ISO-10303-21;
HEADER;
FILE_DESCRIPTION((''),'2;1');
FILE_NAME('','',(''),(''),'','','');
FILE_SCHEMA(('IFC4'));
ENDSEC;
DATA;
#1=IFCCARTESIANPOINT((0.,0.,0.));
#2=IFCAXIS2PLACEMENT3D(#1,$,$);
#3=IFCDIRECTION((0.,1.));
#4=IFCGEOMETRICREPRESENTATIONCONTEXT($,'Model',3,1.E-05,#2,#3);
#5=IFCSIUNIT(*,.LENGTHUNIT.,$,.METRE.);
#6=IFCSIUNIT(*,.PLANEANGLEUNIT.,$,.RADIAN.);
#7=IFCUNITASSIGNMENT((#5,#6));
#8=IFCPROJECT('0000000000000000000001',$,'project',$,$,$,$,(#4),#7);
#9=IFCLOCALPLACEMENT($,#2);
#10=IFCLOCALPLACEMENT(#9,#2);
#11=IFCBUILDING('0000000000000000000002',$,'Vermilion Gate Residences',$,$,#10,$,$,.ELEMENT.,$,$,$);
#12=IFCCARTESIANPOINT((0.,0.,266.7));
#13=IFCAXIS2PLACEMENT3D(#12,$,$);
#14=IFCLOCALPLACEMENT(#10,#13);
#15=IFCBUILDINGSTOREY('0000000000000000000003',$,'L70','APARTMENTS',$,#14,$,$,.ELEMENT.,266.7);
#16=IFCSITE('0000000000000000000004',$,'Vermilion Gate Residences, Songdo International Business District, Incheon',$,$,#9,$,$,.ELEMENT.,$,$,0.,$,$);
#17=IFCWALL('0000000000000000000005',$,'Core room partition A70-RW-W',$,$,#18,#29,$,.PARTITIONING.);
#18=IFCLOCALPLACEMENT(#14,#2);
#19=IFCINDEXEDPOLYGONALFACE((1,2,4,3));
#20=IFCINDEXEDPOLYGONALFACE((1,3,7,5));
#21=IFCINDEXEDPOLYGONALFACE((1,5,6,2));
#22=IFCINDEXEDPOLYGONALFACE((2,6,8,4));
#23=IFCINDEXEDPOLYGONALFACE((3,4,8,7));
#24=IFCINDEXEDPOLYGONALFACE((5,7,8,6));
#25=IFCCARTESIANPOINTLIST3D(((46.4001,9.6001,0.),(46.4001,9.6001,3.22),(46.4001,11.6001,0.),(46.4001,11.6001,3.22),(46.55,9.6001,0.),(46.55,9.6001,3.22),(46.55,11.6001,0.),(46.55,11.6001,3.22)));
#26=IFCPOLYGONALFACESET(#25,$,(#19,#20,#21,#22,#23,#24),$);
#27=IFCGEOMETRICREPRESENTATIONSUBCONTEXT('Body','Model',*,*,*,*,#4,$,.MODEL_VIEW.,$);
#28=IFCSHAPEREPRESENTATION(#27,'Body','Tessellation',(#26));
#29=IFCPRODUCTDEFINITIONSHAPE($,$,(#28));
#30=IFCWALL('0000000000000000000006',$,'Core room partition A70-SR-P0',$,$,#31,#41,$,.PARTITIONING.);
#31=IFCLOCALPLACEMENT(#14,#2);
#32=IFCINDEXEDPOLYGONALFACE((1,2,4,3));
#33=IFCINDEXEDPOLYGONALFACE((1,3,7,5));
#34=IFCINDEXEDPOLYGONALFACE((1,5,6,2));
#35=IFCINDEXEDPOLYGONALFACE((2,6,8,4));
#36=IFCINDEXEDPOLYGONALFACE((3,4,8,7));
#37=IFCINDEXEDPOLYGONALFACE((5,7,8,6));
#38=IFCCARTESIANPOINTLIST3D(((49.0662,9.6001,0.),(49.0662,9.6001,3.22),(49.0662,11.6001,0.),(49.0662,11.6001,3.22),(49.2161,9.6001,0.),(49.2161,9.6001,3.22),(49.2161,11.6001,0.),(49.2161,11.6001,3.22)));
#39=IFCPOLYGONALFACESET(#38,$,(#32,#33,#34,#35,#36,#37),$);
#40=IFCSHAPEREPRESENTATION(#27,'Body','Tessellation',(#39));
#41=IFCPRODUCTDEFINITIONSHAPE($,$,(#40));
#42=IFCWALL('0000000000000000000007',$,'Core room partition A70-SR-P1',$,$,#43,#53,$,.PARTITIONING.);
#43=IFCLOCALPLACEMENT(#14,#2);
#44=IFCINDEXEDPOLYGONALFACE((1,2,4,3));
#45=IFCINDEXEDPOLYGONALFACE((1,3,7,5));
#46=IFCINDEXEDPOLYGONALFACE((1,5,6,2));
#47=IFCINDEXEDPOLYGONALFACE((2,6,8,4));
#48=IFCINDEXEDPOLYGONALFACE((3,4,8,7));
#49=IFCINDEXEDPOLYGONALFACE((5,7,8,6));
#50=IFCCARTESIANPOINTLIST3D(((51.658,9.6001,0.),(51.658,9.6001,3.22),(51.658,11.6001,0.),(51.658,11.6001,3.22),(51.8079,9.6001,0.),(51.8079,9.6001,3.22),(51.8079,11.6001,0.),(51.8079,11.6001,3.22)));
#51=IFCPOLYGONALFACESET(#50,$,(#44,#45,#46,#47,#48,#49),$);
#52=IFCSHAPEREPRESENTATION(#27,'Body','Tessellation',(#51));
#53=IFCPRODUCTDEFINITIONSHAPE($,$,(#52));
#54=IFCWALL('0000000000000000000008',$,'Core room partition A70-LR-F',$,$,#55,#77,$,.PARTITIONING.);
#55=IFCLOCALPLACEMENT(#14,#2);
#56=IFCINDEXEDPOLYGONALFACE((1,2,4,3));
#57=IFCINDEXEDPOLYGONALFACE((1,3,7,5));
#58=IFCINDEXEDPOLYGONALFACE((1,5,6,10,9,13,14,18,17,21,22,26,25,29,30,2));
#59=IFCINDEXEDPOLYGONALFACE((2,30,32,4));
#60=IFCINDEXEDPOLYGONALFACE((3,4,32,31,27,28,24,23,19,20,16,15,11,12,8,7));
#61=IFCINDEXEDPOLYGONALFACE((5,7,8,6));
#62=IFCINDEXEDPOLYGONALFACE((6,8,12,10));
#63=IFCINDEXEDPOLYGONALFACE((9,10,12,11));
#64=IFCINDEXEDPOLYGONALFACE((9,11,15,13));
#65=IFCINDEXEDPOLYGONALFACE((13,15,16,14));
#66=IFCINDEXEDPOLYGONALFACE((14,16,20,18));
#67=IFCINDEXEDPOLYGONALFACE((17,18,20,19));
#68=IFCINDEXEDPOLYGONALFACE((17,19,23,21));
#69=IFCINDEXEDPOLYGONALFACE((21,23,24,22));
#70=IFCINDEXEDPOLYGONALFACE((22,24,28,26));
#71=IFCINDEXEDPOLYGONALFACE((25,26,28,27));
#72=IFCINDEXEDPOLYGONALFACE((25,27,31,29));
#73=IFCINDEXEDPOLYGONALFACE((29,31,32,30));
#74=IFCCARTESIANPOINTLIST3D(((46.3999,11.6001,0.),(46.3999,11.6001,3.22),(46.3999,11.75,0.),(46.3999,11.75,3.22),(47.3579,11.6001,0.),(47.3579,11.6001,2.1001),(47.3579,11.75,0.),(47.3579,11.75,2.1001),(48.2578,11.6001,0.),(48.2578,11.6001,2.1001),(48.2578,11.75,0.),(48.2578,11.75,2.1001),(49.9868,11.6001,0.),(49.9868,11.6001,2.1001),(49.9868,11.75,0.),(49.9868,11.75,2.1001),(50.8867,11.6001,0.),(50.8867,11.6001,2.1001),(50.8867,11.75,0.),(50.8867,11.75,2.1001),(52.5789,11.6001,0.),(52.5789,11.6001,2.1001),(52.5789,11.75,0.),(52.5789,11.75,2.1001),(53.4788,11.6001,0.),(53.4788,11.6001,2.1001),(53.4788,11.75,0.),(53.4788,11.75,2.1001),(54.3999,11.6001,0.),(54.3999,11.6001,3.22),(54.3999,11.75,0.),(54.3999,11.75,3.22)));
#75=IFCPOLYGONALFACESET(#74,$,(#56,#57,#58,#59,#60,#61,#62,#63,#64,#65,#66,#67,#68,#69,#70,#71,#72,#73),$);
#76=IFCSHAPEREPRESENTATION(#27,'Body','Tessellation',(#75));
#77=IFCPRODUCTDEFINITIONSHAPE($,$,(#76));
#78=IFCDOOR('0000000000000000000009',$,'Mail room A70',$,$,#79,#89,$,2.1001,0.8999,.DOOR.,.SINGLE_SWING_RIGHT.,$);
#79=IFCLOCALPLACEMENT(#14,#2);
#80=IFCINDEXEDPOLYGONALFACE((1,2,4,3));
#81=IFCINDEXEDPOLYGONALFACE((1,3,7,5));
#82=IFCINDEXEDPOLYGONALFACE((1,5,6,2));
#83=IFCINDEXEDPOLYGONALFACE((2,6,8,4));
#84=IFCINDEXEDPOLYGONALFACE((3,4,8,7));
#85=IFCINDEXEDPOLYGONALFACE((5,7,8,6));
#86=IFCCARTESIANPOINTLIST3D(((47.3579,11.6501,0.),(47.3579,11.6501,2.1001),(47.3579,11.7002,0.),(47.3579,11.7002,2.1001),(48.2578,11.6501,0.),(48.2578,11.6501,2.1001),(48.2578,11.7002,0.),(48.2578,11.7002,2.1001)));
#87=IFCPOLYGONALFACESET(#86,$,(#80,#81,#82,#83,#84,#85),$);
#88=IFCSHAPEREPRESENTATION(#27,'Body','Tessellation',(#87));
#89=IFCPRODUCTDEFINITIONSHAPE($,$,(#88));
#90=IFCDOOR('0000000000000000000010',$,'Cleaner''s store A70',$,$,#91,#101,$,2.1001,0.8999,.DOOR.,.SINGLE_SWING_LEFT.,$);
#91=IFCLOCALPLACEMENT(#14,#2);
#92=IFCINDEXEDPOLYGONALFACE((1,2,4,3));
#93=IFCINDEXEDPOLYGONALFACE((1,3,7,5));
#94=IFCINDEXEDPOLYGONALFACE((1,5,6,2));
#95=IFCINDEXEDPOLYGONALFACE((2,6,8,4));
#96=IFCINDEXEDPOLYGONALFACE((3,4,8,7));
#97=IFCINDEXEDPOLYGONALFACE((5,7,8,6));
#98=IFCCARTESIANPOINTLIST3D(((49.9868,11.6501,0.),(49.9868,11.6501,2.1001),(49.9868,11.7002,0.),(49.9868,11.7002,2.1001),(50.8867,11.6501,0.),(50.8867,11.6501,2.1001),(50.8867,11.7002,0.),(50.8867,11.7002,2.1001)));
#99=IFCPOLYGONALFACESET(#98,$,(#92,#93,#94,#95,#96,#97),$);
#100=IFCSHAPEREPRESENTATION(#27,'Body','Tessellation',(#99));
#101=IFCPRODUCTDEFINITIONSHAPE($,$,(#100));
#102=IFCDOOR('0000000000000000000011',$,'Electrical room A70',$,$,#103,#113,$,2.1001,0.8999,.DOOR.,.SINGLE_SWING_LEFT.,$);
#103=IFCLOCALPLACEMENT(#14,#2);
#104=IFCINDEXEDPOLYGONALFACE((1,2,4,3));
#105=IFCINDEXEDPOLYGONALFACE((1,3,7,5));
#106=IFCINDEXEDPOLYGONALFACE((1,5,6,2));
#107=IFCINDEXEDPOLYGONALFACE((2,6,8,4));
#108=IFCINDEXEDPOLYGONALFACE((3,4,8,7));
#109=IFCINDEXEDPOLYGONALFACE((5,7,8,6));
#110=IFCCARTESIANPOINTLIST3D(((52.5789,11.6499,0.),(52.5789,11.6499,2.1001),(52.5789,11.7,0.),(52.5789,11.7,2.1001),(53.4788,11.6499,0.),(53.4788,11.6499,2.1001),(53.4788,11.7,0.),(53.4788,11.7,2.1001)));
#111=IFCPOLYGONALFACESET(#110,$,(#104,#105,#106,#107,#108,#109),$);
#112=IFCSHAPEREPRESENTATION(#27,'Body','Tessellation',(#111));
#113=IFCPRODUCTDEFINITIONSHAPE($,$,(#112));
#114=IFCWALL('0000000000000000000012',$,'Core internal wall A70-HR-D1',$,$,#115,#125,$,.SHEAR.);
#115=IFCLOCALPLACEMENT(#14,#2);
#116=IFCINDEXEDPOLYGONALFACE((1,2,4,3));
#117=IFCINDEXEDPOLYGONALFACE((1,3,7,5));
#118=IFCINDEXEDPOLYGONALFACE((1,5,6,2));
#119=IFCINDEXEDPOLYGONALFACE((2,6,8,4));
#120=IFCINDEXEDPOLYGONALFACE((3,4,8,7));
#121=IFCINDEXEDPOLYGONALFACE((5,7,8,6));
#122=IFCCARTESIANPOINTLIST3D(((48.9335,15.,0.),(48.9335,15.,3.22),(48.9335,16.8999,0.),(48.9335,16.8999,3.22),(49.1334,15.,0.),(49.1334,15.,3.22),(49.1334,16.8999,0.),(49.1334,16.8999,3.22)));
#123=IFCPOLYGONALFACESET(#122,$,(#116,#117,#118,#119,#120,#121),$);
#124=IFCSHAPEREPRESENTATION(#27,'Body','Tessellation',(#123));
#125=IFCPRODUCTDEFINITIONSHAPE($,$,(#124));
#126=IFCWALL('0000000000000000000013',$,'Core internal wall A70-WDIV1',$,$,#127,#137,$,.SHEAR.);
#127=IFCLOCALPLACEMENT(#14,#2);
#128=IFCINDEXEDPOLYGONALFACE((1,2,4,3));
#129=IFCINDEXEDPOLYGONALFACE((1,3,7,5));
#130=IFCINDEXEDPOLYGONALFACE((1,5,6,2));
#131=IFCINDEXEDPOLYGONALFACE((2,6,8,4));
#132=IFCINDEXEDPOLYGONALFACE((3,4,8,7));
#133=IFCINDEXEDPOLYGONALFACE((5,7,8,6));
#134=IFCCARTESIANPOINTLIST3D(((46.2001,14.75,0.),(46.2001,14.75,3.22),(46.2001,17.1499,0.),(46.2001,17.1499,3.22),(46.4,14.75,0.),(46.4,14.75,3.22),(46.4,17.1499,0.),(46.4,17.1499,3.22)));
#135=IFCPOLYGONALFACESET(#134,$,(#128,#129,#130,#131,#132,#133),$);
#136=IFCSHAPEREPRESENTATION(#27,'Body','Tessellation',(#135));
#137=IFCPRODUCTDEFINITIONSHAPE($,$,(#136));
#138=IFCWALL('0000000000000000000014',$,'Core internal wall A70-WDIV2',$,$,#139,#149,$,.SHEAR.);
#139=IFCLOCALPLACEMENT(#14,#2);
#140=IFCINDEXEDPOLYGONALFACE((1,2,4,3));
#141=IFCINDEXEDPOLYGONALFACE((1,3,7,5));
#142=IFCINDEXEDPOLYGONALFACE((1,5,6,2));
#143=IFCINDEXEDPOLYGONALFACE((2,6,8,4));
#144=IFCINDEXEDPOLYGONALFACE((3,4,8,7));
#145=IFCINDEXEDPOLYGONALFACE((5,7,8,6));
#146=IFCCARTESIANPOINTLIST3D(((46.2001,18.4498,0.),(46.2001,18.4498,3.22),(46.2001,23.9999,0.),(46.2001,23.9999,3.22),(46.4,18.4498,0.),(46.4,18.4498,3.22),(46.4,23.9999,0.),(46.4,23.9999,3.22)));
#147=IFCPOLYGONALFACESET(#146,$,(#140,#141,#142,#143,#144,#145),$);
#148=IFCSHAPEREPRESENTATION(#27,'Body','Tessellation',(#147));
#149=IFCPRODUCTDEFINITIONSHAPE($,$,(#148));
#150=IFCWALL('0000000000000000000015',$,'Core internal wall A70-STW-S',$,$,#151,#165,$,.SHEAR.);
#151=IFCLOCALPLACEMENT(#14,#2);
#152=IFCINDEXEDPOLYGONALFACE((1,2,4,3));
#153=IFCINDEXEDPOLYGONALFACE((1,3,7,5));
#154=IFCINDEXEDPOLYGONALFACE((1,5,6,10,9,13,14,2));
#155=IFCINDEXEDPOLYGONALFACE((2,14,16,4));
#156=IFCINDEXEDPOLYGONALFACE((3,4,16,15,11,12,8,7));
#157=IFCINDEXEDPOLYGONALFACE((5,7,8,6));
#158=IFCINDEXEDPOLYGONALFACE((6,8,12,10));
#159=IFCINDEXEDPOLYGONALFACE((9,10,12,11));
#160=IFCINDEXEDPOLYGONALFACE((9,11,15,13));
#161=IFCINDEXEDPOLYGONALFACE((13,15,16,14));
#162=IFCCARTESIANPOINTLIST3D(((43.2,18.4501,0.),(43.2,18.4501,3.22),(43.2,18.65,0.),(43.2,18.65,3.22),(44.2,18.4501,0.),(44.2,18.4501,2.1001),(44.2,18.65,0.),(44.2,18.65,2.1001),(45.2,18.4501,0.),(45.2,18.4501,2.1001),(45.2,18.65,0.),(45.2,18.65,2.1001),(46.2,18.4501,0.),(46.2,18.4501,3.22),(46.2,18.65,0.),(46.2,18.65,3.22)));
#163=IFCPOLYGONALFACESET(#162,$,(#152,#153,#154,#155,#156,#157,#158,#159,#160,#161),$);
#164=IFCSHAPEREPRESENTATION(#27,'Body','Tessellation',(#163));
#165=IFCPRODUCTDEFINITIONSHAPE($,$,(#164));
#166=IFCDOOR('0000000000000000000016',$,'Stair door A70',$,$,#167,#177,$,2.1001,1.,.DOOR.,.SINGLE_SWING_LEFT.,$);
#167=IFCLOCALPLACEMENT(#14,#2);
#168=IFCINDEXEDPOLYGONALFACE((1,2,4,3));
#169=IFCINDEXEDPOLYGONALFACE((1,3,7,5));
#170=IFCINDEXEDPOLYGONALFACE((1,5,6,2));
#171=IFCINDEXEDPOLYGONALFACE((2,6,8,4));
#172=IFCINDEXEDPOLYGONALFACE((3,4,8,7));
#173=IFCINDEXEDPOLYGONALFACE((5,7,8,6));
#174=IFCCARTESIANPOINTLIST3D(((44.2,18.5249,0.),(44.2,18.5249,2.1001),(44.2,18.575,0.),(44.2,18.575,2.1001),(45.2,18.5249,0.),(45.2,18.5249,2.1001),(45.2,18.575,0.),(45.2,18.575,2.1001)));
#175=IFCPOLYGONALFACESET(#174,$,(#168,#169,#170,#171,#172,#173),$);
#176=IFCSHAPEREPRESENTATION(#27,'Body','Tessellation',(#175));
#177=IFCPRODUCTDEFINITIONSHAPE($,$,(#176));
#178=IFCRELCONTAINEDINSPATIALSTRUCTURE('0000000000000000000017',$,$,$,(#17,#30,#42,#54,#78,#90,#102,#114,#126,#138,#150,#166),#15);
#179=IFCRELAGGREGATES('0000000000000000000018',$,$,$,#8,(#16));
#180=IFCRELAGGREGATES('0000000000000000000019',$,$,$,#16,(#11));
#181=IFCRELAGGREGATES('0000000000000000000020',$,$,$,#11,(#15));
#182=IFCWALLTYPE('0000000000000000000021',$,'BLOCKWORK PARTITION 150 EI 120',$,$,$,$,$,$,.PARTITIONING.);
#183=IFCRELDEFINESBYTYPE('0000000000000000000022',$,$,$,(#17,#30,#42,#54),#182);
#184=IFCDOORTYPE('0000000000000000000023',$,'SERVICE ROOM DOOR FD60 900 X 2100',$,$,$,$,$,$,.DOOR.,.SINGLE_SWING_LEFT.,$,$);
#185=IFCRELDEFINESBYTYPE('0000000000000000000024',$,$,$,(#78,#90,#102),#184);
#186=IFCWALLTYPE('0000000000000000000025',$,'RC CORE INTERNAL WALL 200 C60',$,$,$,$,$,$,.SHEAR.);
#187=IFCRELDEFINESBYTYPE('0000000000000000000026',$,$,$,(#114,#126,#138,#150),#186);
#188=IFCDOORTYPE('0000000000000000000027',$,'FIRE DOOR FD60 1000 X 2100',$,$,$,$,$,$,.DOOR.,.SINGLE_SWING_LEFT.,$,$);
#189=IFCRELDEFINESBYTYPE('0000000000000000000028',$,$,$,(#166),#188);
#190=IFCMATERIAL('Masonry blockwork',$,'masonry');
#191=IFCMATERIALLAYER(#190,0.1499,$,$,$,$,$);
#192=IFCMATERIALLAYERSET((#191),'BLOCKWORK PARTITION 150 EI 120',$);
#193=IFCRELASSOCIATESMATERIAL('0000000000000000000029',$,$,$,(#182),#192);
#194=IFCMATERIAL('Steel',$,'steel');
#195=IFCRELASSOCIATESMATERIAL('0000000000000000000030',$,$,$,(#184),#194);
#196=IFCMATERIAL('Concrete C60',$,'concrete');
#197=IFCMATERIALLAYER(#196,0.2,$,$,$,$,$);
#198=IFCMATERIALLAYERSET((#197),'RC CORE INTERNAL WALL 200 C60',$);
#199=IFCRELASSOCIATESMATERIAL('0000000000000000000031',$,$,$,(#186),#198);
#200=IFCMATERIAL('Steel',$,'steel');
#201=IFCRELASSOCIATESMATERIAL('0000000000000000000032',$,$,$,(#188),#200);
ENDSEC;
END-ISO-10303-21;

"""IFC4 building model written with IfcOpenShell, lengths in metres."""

from ifc_helpers import new_model, si_unit, direction, frame, frame_2d, origin, place, context, subcontext, project, spatial, rectangle, extrude, material, layer, layer_set, type_object, element, fill, save


model = new_model("IFC4")

# Units and contexts
model_context = context("Model", 3, precision=1e-05, world=origin(), true_north=direction((0.0, 1.0)))
body_context = subcontext(model_context, "Body", "Model", "MODEL_VIEW")
ifc_project = project(units=[si_unit("LENGTHUNIT", "METRE"), si_unit("PLANEANGLEUNIT", "RADIAN")], contexts=[model_context])

# Site, building, storey
site_placement = place(None, origin())
site = spatial("IfcSite", under=ifc_project, at=site_placement, Name="Vermilion Gate Residences, Songdo International Business District, Incheon", CompositionType="ELEMENT", RefElevation=0.0)
building_placement = place(site_placement, origin())
building = spatial("IfcBuilding", under=site, at=building_placement, Name="Vermilion Gate Residences", CompositionType="ELEMENT")
storey_placement = place(building_placement, frame((0.0, 0.0, 266.7)))
storey = spatial("IfcBuildingStorey", under=building, at=storey_placement, Name="L70", Description="APARTMENTS", CompositionType="ELEMENT", Elevation=266.7)

# Walls
ifc_material_1 = material(Name="Masonry blockwork", Category="masonry")
ifc_layer_1 = layer(ifc_material_1, 0.1499)
ifc_layer_set_1 = layer_set([ifc_layer_1], Name="BLOCKWORK PARTITION 150 EI 120")
wall_type_1 = type_object("IfcWallType", Name="BLOCKWORK PARTITION 150 EI 120", PredefinedType="PARTITIONING", material=ifc_layer_set_1)
for number, where, z_axis, x_axis, name in (
    (1, (46.4751, 9.6001, 0.0), (0.0, 0.0, 1.0), (0.0, 1.0, 0.0), "Core room partition A70-RW-W"),
    (2, (49.1411, 9.6001, 0.0), (0.0, 0.0, 1.0), (0.0, 1.0, 0.0), "Core room partition A70-SR-P0"),
    (3, (51.7329, 9.6001, 0.0), (0.0, 0.0, 1.0), (0.0, 1.0, 0.0), "Core room partition A70-SR-P1"),
):
    element("IfcWall", number, at=place(storey_placement, frame(where, z_axis=z_axis, x_axis=x_axis)), inside=storey, type_object=wall_type_1, Name=name, PredefinedType="PARTITIONING", context=body_context, shape_type="SweptSolid", body=[
        extrude(rectangle(XDim=2.0, YDim=0.1499, at=frame_2d((1.0, 0.0))), origin(), (0.0, 0.0, 1.0), 3.22),
    ])

# Wall, openings, doors
wall_1_placement = place(storey_placement, frame((46.3999, 11.675, 0.0), z_axis=(0.0, 0.0, 1.0), x_axis=(1.0, 0.0, 0.0)))
wall_1 = element("IfcWall", 4, at=wall_1_placement, inside=storey, type_object=wall_type_1, Name="Core room partition A70-LR-F", PredefinedType="PARTITIONING", context=body_context, shape_type="SweptSolid", body=[
    extrude(rectangle(XDim=8.0, YDim=0.1499, at=frame_2d((4.0, 0.0))), origin(), (0.0, 0.0, 1.0), 3.22),
])
opening_1_placement = place(wall_1_placement, frame((0.958, 0.0, 0.0)))
opening_1 = element("IfcOpeningElement", 5, at=opening_1_placement, cuts=wall_1, PredefinedType="OPENING", context=body_context, shape_type="SweptSolid", body=[
    extrude(rectangle(XDim=0.8999, YDim=2.1001, at=frame_2d((0.45, 1.05))), frame((0.0, 0.085, 0.0), z_axis=(0.0, -1.0, 0.0), x_axis=(1.0, 0.0, 0.0)), (0.0, 0.0, 1.0), 0.1699),
])
opening_2_placement = place(wall_1_placement, frame((3.5869, 0.0, 0.0)))
opening_2 = element("IfcOpeningElement", 6, at=opening_2_placement, cuts=wall_1, PredefinedType="OPENING", context=body_context, shape_type="SweptSolid", body=[
    extrude(rectangle(XDim=0.8999, YDim=2.1001, at=frame_2d((0.45, 1.05))), frame((0.0, 0.085, 0.0), z_axis=(0.0, -1.0, 0.0), x_axis=(1.0, 0.0, 0.0)), (0.0, 0.0, 1.0), 0.1699),
])
opening_3_placement = place(wall_1_placement, frame((6.179, 0.0, 0.0)))
opening_3 = element("IfcOpeningElement", 7, at=opening_3_placement, cuts=wall_1, PredefinedType="OPENING", context=body_context, shape_type="SweptSolid", body=[
    extrude(rectangle(XDim=0.8999, YDim=2.1001, at=frame_2d((0.45, 1.05))), frame((0.0, 0.085, 0.0), z_axis=(0.0, -1.0, 0.0), x_axis=(1.0, 0.0, 0.0)), (0.0, 0.0, 1.0), 0.1699),
])
ifc_material_2 = material(Name="Steel", Category="steel")
door_type_1 = type_object("IfcDoorType", Name="SERVICE ROOM DOOR FD60 900 X 2100", OperationType="SINGLE_SWING_LEFT", PredefinedType="DOOR", material=ifc_material_2)
door_1_placement = place(opening_1_placement, frame((0.8999, 0.0, 0.0), z_axis=(0.0, 0.0, 1.0), x_axis=(-1.0, 0.0, 0.0)))
door_1 = element("IfcDoor", 8, at=door_1_placement, inside=storey, type_object=door_type_1, Name="Mail room A70", OperationType="SINGLE_SWING_RIGHT", OverallHeight=2.1001, OverallWidth=0.8999, PredefinedType="DOOR", context=body_context, shape_type="SweptSolid", body=[
    extrude(rectangle(XDim=0.8999, YDim=2.1001, at=frame_2d((0.45, 1.05))), frame((0.0, 0.0249, 0.0), z_axis=(0.0, -1.0, 0.0), x_axis=(1.0, 0.0, 0.0)), (0.0, 0.0, 1.0), 0.05),
])
fill(opening_1, door_1)
door_2_placement = place(opening_2_placement, frame((0.8999, 0.0, 0.0), z_axis=(0.0, 0.0, 1.0), x_axis=(-1.0, 0.0, 0.0)))
door_2 = element("IfcDoor", 9, at=door_2_placement, inside=storey, type_object=door_type_1, Name="Cleaner's store A70", OperationType="SINGLE_SWING_LEFT", OverallHeight=2.1001, OverallWidth=0.8999, PredefinedType="DOOR", context=body_context, shape_type="SweptSolid", body=[
    extrude(rectangle(XDim=0.8999, YDim=2.1001, at=frame_2d((0.45, 1.05))), frame((0.0, 0.0249, 0.0), z_axis=(0.0, -1.0, 0.0), x_axis=(1.0, 0.0, 0.0)), (0.0, 0.0, 1.0), 0.05),
])
fill(opening_2, door_2)
door_3_placement = place(opening_3_placement, origin())
door_3 = element("IfcDoor", 10, at=door_3_placement, inside=storey, type_object=door_type_1, Name="Electrical room A70", OperationType="SINGLE_SWING_LEFT", OverallHeight=2.1001, OverallWidth=0.8999, PredefinedType="DOOR", context=body_context, shape_type="SweptSolid", body=[
    extrude(rectangle(XDim=0.8999, YDim=2.1001, at=frame_2d((0.45, 1.05))), frame((0.0, 0.0249, 0.0), z_axis=(0.0, -1.0, 0.0), x_axis=(1.0, 0.0, 0.0)), (0.0, 0.0, 1.0), 0.05),
])
fill(opening_3, door_3)

# Walls
ifc_material_3 = material(Name="Concrete C60", Category="concrete")
ifc_layer_2 = layer(ifc_material_3, 0.2)
ifc_layer_set_2 = layer_set([ifc_layer_2], Name="RC CORE INTERNAL WALL 200 C60")
wall_type_2 = type_object("IfcWallType", Name="RC CORE INTERNAL WALL 200 C60", PredefinedType="SHEAR", material=ifc_layer_set_2)
wall_2_placement = place(storey_placement, frame((49.0334, 15.0, 0.0), z_axis=(0.0, 0.0, 1.0), x_axis=(0.0, 1.0, 0.0)))
element("IfcWall", 11, at=wall_2_placement, inside=storey, type_object=wall_type_2, Name="Core internal wall A70-HR-D1", PredefinedType="SHEAR", context=body_context, shape_type="SweptSolid", body=[
    extrude(rectangle(XDim=1.8999, YDim=0.2, at=frame_2d((0.95, 0.0))), origin(), (0.0, 0.0, 1.0), 3.22),
])
wall_3_placement = place(storey_placement, frame((46.3, 14.75, 0.0), z_axis=(0.0, 0.0, 1.0), x_axis=(0.0, 1.0, 0.0)))
element("IfcWall", 12, at=wall_3_placement, inside=storey, type_object=wall_type_2, Name="Core internal wall A70-WDIV1", PredefinedType="SHEAR", context=body_context, shape_type="SweptSolid", body=[
    extrude(rectangle(XDim=2.3999, YDim=0.2, at=frame_2d((1.2, 0.0))), origin(), (0.0, 0.0, 1.0), 3.22),
])
wall_4_placement = place(storey_placement, frame((46.3, 18.45, 0.0), z_axis=(0.0, 0.0, 1.0), x_axis=(0.0, 1.0, 0.0)))
element("IfcWall", 13, at=wall_4_placement, inside=storey, type_object=wall_type_2, Name="Core internal wall A70-WDIV2", PredefinedType="SHEAR", context=body_context, shape_type="SweptSolid", body=[
    extrude(rectangle(XDim=5.55, YDim=0.2, at=frame_2d((2.7749, 0.0))), origin(), (0.0, 0.0, 1.0), 3.22),
])

# Wall, opening, door
wall_5_placement = place(storey_placement, frame((43.2, 18.55, 0.0), z_axis=(0.0, 0.0, 1.0), x_axis=(1.0, 0.0, 0.0)))
wall_5 = element("IfcWall", 14, at=wall_5_placement, inside=storey, type_object=wall_type_2, Name="Core internal wall A70-STW-S", PredefinedType="SHEAR", context=body_context, shape_type="SweptSolid", body=[
    extrude(rectangle(XDim=3.0, YDim=0.2, at=frame_2d((1.5, 0.0))), origin(), (0.0, 0.0, 1.0), 3.22),
])
opening_4_placement = place(wall_5_placement, frame((1.0, 0.0, 0.0)))
opening_4 = element("IfcOpeningElement", 15, at=opening_4_placement, cuts=wall_5, PredefinedType="OPENING", context=body_context, shape_type="SweptSolid", body=[
    extrude(rectangle(XDim=1.0, YDim=2.1001, at=frame_2d((0.5, 1.05))), frame((0.0, 0.1099, 0.0), z_axis=(0.0, -1.0, 0.0), x_axis=(1.0, 0.0, 0.0)), (0.0, 0.0, 1.0), 0.22),
])
ifc_material_4 = material(Name="Steel", Category="steel")
door_type_2 = type_object("IfcDoorType", Name="FIRE DOOR FD60 1000 X 2100", OperationType="SINGLE_SWING_LEFT", PredefinedType="DOOR", material=ifc_material_4)
door_4_placement = place(opening_4_placement, origin())
door_4 = element("IfcDoor", 16, at=door_4_placement, inside=storey, type_object=door_type_2, Name="Stair door A70", OperationType="SINGLE_SWING_LEFT", OverallHeight=2.1001, OverallWidth=1.0, PredefinedType="DOOR", context=body_context, shape_type="SweptSolid", body=[
    extrude(rectangle(XDim=1.0, YDim=2.1001, at=frame_2d((0.5, 1.05))), frame((0.0, 0.0249, 0.0), z_axis=(0.0, -1.0, 0.0), x_axis=(1.0, 0.0, 0.0)), (0.0, 0.0, 1.0), 0.05),
])
fill(opening_4, door_4)

save(model, "model.ifc")
